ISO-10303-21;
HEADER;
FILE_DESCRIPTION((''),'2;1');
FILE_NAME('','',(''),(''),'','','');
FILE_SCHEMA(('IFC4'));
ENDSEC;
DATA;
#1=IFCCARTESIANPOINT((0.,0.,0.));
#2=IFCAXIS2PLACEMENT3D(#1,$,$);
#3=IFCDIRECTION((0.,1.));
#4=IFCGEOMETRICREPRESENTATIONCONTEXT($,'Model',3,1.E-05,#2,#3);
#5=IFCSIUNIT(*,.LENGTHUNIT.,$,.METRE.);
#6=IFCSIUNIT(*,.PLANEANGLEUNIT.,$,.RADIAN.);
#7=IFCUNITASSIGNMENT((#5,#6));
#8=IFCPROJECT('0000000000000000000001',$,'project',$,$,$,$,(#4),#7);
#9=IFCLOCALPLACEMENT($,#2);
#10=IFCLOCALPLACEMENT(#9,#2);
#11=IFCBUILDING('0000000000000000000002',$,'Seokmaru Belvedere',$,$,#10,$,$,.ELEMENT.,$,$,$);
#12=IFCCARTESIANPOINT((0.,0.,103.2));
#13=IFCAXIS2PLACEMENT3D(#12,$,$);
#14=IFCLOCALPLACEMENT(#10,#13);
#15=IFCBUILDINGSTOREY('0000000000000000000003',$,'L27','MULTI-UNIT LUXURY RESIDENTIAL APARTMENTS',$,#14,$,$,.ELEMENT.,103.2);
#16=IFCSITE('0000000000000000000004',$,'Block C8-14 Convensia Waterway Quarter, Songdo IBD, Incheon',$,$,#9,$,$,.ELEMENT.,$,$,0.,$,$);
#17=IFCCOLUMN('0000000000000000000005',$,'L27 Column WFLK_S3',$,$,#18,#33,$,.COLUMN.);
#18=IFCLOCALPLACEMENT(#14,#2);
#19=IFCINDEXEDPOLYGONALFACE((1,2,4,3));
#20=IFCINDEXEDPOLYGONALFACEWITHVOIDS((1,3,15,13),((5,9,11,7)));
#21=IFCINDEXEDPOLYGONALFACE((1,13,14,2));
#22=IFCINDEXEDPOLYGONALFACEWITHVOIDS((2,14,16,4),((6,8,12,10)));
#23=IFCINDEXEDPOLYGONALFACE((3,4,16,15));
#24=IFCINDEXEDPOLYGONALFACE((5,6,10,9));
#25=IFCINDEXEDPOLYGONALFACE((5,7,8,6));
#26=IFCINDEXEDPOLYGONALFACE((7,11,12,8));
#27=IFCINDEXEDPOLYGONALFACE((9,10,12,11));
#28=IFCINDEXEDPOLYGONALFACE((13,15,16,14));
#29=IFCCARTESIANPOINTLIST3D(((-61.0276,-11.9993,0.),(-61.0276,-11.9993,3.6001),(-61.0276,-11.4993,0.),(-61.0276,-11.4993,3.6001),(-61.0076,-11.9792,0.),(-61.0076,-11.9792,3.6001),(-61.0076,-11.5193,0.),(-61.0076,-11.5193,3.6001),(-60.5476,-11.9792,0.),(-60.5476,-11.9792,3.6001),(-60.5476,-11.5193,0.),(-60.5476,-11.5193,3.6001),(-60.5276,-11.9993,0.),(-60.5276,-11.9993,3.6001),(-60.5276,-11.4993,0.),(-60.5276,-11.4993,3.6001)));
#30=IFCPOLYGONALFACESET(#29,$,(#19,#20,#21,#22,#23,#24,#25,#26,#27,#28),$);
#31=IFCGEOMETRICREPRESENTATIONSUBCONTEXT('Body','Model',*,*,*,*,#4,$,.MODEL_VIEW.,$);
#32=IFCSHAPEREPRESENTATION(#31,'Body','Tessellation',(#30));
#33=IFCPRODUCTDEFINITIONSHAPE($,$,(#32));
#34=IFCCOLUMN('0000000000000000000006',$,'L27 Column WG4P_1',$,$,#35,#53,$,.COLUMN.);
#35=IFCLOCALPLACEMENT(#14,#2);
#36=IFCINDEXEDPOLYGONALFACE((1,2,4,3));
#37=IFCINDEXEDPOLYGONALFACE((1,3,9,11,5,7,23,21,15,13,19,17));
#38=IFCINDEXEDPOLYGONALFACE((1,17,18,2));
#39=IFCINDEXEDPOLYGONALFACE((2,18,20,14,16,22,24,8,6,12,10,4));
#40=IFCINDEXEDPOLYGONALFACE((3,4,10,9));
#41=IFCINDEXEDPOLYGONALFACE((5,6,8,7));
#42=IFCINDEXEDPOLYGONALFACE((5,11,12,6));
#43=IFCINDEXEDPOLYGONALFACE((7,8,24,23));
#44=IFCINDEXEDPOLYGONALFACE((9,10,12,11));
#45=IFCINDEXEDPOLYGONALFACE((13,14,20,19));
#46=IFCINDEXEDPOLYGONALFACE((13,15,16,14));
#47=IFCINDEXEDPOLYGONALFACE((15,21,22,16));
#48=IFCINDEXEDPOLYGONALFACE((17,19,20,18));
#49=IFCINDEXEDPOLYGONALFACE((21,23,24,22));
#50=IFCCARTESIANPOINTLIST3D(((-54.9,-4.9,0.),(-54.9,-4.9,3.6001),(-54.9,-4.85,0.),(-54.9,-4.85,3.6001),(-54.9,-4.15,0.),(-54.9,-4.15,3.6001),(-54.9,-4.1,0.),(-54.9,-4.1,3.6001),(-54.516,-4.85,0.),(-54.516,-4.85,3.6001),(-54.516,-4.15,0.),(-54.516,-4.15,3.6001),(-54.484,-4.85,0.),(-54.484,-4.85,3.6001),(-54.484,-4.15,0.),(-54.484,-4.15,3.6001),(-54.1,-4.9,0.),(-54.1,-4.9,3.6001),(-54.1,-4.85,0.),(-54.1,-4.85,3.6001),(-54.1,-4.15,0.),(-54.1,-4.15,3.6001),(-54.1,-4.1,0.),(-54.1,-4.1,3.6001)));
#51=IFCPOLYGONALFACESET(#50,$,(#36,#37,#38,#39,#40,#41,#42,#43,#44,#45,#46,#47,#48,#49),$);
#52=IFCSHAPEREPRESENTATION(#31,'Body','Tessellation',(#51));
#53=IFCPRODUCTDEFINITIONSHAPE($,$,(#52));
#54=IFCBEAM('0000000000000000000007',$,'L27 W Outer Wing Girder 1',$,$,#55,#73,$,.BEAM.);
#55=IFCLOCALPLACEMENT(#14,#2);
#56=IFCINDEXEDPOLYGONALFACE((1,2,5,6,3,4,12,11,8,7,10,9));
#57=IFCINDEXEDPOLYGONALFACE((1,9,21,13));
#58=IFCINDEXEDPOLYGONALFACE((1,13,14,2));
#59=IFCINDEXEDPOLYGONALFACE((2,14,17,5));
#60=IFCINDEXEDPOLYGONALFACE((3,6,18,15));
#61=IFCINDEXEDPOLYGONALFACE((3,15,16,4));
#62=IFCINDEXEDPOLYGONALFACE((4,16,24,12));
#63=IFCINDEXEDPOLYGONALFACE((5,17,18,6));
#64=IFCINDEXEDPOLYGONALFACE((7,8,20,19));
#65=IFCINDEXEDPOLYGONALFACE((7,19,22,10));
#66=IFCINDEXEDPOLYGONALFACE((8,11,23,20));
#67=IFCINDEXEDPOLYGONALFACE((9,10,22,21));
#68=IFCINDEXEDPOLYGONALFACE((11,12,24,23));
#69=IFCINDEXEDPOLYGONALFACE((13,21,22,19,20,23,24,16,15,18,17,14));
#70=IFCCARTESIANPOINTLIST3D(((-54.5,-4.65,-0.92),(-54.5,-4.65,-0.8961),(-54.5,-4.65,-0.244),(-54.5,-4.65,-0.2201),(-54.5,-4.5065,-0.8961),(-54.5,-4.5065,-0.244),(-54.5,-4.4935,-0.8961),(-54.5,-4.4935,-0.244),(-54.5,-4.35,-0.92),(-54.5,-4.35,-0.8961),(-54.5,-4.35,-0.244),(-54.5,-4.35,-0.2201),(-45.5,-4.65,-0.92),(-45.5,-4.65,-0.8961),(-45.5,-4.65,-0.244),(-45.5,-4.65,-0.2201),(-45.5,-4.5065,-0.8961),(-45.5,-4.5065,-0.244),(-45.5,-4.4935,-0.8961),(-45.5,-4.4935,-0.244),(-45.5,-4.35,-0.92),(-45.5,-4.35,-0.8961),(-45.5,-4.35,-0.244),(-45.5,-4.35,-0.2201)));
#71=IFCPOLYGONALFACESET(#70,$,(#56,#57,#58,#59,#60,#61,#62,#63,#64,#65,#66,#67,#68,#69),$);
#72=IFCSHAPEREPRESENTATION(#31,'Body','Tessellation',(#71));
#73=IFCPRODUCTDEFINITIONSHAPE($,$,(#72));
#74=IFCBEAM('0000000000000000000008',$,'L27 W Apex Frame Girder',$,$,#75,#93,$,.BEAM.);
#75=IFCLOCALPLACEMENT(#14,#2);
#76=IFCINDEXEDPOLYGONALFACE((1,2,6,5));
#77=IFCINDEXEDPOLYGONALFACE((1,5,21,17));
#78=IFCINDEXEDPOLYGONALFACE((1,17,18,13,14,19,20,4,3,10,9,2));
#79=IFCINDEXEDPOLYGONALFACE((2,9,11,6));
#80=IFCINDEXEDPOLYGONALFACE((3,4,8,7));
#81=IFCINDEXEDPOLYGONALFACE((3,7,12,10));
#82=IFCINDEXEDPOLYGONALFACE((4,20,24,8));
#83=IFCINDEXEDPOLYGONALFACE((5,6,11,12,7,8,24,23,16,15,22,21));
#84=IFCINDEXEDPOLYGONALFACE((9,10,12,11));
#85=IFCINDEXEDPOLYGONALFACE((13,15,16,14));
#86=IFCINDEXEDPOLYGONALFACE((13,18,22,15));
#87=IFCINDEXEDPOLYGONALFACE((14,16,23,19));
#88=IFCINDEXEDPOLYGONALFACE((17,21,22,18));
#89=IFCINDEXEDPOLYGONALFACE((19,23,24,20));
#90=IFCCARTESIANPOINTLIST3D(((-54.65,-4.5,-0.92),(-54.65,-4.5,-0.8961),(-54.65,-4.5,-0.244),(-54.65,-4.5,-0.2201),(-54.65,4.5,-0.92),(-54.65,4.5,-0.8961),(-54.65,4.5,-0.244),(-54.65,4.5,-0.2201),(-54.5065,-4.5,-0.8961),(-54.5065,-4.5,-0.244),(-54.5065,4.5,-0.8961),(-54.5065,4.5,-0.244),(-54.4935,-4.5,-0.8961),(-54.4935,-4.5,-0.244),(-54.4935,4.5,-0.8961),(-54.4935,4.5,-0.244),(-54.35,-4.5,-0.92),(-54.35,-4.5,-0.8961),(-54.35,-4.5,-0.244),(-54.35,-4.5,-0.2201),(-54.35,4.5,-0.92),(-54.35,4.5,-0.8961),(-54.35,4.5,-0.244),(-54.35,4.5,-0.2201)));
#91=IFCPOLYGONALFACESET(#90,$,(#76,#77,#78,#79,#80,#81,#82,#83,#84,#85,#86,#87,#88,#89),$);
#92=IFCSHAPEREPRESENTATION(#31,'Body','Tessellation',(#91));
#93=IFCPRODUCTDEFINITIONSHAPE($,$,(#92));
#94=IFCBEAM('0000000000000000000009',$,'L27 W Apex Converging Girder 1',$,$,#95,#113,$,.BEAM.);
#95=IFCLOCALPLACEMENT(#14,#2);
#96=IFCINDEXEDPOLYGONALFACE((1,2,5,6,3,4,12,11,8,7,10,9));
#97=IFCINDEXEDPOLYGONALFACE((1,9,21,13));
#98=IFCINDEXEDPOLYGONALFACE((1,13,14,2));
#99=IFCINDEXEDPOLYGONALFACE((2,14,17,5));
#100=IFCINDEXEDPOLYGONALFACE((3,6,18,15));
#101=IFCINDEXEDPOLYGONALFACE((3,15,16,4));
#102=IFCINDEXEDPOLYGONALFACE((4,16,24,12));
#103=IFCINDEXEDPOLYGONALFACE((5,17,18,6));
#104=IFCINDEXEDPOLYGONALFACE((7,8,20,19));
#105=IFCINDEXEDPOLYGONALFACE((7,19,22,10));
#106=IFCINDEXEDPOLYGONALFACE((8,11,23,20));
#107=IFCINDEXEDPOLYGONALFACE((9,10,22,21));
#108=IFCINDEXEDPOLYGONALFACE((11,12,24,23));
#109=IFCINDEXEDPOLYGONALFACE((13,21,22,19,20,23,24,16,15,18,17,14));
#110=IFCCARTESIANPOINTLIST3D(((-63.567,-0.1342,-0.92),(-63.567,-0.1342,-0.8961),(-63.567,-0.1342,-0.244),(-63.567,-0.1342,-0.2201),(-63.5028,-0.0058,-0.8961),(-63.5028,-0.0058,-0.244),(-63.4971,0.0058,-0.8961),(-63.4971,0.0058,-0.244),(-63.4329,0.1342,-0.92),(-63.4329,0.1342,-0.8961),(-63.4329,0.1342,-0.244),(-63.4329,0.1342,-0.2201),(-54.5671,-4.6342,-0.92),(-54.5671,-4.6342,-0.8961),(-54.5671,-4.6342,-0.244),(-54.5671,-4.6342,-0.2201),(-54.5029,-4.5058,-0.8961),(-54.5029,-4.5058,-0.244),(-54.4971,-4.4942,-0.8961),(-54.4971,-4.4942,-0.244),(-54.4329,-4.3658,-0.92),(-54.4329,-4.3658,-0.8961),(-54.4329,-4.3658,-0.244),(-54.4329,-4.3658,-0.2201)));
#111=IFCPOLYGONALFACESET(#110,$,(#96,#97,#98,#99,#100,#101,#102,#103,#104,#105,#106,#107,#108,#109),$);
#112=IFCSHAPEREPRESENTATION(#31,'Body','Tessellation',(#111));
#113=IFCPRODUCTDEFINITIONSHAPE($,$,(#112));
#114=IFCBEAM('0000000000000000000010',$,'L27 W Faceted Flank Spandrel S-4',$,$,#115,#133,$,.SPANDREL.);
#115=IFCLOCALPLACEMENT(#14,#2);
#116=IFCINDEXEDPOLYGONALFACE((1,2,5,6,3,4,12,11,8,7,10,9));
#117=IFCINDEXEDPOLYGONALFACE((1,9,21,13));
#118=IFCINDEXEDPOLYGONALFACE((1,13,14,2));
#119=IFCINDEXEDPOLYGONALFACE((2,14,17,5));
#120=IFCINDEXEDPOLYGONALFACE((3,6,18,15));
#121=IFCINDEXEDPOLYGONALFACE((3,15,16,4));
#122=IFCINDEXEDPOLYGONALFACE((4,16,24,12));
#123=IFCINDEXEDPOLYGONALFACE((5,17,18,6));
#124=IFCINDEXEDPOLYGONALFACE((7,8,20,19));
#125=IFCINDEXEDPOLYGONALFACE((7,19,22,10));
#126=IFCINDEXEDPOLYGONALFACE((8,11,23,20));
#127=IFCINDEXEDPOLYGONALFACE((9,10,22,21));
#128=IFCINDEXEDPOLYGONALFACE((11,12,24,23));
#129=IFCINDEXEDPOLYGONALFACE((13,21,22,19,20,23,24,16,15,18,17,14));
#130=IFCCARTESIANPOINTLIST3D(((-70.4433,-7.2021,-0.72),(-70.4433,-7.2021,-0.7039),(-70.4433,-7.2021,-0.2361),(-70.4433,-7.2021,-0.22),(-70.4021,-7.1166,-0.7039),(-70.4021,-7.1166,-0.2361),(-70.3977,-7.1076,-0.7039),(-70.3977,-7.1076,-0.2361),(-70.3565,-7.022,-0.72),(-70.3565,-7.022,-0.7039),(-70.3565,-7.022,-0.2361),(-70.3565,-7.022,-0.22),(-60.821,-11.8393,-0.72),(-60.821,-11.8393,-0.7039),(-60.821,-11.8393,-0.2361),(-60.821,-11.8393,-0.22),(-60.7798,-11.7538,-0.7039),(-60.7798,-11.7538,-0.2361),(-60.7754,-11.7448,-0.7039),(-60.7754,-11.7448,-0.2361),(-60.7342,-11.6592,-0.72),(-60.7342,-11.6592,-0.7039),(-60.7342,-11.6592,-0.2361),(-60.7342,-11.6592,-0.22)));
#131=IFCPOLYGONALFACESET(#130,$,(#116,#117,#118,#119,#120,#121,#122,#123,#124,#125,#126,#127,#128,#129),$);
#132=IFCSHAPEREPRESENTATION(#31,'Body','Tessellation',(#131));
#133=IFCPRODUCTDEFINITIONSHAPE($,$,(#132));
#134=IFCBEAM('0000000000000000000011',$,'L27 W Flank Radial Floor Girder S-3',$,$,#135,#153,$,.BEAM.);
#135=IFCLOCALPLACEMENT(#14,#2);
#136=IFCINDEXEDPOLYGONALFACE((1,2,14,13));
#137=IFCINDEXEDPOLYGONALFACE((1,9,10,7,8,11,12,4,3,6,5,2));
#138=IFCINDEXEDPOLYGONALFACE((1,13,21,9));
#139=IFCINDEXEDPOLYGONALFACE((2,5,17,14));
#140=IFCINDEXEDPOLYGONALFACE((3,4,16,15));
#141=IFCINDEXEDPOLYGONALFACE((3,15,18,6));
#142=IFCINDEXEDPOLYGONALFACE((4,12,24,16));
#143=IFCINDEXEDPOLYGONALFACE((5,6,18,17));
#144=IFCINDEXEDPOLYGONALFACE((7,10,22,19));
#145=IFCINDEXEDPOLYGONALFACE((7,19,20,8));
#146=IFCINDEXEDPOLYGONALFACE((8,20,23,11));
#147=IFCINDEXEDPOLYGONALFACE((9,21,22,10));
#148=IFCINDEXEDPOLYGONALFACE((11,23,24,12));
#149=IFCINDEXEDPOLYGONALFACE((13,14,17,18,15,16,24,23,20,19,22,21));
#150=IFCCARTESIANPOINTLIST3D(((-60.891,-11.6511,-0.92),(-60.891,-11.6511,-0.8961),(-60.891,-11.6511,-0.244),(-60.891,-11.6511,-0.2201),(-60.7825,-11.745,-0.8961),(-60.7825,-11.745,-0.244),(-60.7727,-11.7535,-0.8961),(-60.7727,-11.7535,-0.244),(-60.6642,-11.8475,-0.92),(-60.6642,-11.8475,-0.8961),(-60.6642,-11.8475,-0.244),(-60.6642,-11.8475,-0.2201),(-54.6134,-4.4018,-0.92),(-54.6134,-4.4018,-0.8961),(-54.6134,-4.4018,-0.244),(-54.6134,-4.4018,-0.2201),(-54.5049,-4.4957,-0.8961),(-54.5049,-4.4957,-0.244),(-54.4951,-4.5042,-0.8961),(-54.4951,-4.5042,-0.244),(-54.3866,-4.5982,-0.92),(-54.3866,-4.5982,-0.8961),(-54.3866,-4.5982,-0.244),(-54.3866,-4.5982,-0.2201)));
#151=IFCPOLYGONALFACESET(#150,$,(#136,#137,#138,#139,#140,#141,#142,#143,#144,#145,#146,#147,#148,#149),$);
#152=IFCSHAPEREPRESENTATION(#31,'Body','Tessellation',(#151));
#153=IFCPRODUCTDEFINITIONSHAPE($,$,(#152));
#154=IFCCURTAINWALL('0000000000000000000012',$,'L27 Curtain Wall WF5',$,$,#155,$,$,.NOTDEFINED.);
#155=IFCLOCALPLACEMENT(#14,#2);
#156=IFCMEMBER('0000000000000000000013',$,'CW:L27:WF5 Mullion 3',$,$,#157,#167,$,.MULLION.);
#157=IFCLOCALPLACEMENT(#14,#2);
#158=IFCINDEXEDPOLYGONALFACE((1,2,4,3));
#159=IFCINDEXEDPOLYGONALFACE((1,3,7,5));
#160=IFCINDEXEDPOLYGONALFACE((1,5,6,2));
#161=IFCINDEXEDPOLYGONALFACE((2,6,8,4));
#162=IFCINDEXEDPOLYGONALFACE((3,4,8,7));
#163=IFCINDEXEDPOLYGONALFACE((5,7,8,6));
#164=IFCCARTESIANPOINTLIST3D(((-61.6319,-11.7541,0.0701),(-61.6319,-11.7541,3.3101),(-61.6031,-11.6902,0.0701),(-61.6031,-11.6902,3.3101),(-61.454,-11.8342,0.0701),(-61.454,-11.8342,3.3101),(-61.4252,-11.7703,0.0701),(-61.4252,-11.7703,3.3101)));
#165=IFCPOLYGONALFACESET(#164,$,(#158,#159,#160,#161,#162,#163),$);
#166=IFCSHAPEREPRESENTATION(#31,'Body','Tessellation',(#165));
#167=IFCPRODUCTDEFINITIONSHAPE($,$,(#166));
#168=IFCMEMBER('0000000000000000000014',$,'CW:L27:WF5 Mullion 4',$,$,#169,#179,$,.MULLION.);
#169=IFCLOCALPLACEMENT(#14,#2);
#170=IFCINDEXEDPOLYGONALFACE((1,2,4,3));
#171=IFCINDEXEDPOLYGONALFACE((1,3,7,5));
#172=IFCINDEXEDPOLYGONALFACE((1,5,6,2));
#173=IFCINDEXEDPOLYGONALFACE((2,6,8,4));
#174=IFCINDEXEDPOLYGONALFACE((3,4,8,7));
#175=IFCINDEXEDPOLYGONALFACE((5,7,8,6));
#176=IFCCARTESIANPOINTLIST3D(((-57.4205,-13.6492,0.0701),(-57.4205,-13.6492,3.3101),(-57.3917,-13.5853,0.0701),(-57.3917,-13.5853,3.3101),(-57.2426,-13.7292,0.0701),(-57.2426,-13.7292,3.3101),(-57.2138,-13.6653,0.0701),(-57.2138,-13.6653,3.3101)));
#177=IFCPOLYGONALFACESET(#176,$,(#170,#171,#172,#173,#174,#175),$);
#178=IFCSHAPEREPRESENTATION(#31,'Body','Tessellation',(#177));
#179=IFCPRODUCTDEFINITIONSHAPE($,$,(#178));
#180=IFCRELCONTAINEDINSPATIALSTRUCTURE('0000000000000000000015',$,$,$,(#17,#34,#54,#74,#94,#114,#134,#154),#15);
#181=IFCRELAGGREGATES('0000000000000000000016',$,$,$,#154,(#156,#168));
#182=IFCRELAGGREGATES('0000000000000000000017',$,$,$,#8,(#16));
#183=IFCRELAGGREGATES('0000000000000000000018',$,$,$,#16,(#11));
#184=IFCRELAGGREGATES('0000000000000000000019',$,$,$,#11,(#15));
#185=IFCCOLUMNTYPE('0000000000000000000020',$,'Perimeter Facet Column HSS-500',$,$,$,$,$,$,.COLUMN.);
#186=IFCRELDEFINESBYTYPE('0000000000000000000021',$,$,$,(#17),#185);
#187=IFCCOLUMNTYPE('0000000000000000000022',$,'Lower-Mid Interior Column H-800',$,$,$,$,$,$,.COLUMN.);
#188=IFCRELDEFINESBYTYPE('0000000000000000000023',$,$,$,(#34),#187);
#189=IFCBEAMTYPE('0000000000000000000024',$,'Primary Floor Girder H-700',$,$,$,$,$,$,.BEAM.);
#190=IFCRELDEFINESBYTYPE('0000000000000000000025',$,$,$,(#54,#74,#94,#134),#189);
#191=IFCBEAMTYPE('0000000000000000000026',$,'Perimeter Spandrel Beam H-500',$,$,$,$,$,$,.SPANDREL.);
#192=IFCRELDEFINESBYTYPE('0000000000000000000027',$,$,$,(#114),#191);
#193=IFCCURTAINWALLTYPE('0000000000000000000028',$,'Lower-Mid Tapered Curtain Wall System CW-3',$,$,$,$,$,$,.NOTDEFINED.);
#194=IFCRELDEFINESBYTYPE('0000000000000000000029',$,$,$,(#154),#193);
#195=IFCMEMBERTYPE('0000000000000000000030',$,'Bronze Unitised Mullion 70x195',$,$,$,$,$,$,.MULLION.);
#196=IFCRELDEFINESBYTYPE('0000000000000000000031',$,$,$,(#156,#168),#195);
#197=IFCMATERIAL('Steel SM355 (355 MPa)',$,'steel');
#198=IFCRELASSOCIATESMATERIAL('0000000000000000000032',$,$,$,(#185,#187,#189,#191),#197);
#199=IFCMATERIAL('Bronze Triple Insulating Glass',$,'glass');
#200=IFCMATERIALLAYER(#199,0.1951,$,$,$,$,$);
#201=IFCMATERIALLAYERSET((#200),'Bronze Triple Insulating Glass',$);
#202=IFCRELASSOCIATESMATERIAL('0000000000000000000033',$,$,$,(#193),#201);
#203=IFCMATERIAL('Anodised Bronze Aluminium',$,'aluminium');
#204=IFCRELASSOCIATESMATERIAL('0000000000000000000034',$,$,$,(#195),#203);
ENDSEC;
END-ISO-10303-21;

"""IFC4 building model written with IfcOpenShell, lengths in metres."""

from ifc_helpers import new_model, si_unit, direction, frame, origin, origin_2d, place, context, subcontext, project, spatial, rectangle, hollow_rectangle, i_section, extrude, source, transform, mapped, material, layer, layer_set, material_profile, profile_set, type_object, type_shapes, element, aggregate, save


model = new_model("IFC4")

# Units and contexts
model_context = context("Model", 3, precision=1e-05, world=origin(), true_north=direction((0.0, 1.0)))
body_context = subcontext(model_context, "Body", "Model", "MODEL_VIEW")
ifc_project = project(units=[si_unit("LENGTHUNIT", "METRE"), si_unit("PLANEANGLEUNIT", "RADIAN")], contexts=[model_context])

# Site, building, storey
site_placement = place(None, origin())
site = spatial("IfcSite", under=ifc_project, at=site_placement, Name="Block C8-14 Convensia Waterway Quarter, Songdo IBD, Incheon", CompositionType="ELEMENT", RefElevation=0.0)
building_placement = place(site_placement, origin())
building = spatial("IfcBuilding", under=site, at=building_placement, Name="Seokmaru Belvedere", CompositionType="ELEMENT")
storey_placement = place(building_placement, frame((0.0, 0.0, 103.2)))
storey = spatial("IfcBuildingStorey", under=building, at=storey_placement, Name="L27", Description="MULTI-UNIT LUXURY RESIDENTIAL APARTMENTS", CompositionType="ELEMENT", Elevation=103.2)

# Columns
ifc_material_1 = material(Name="Steel SM355 (355 MPa)", Category="steel")
ifc_material_profile_1 = material_profile(ifc_material_1, hollow_rectangle(XDim=0.5, YDim=0.5, WallThickness=0.02, at=origin_2d()), Name="HSS-500x500x20")
ifc_profile_set_1 = profile_set([ifc_material_profile_1], Name="Steel SM355 (355 MPa)")
column_type_1 = type_object("IfcColumnType", Name="Perimeter Facet Column HSS-500", PredefinedType="COLUMN", material=ifc_profile_set_1)
shared_shape_1 = source(origin(), body_context, "Body", "SweptSolid", [
    extrude(hollow_rectangle(XDim=0.5, YDim=0.5, WallThickness=0.02, at=origin_2d()), origin(), (0.0, 0.0, 1.0), 3.6001),
])
type_shapes(column_type_1, [shared_shape_1])
column_1_placement = place(storey_placement, frame((-60.7776, -11.7493, 0.0), z_axis=(0.0, 0.0, 1.0), x_axis=(1.0, 0.0, 0.0)))
element("IfcColumn", 1, at=column_1_placement, inside=storey, type_object=column_type_1, Name="L27 Column WFLK_S3", PredefinedType="COLUMN", context=body_context, shape_type="MappedRepresentation", body=[
    mapped(shared_shape_1, transform((0.0, 0.0, 0.0), scale=1.0)),
])
ifc_material_profile_2 = material_profile(ifc_material_1, i_section(OverallWidth=0.8, OverallDepth=0.8, WebThickness=0.032, FlangeThickness=0.05, at=origin_2d()), Name="H-800x800x32x50")
ifc_profile_set_2 = profile_set([ifc_material_profile_2], Name="Steel SM355 (355 MPa)")
column_type_2 = type_object("IfcColumnType", Name="Lower-Mid Interior Column H-800", PredefinedType="COLUMN", material=ifc_profile_set_2)
shared_shape_2 = source(origin(), body_context, "Body", "SweptSolid", [
    extrude(i_section(OverallWidth=0.8, OverallDepth=0.8, WebThickness=0.032, FlangeThickness=0.05, at=origin_2d()), origin(), (0.0, 0.0, 1.0), 3.6001),
])
type_shapes(column_type_2, [shared_shape_2])
column_2_placement = place(storey_placement, frame((-54.5, -4.5, 0.0), z_axis=(0.0, 0.0, 1.0), x_axis=(1.0, 0.0, 0.0)))
element("IfcColumn", 2, at=column_2_placement, inside=storey, type_object=column_type_2, Name="L27 Column WG4P_1", PredefinedType="COLUMN", context=body_context, shape_type="MappedRepresentation", body=[
    mapped(shared_shape_2, transform((0.0, 0.0, 0.0), scale=1.0)),
])

# Beams
ifc_material_profile_3 = material_profile(ifc_material_1, i_section(OverallWidth=0.3, OverallDepth=0.7, WebThickness=0.0129, FlangeThickness=0.0239, at=origin_2d()), Name="H-700x300x13x24")
ifc_profile_set_3 = profile_set([ifc_material_profile_3], Name="Steel SM355 (355 MPa)")
beam_type_1 = type_object("IfcBeamType", Name="Primary Floor Girder H-700", PredefinedType="BEAM", material=ifc_profile_set_3)
shared_shape_3 = source(origin(), body_context, "Body", "SweptSolid", [
    extrude(i_section(OverallWidth=0.3, OverallDepth=0.7, WebThickness=0.0129, FlangeThickness=0.0239, at=origin_2d()), origin(), (0.0, 0.0, 1.0), 9.0),
])
for number, where, z_axis, x_axis, name in (
    (3, (-54.5, -4.5, -0.5701), (1.0, 0.0, 0.0), (0.0, 1.0, 0.0), "L27 W Outer Wing Girder 1"),
    (4, (-54.5, -4.5, -0.5701), (0.0, 1.0, 0.0), (-1.0, 0.0, 0.0), "L27 W Apex Frame Girder"),
):
    element("IfcBeam", number, at=place(storey_placement, frame(where, z_axis=z_axis, x_axis=x_axis)), inside=storey, type_object=beam_type_1, Name=name, PredefinedType="BEAM", context=body_context, shape_type="MappedRepresentation", body=[
        mapped(shared_shape_3, transform((0.0, 0.0, 0.0), scale=1.0)),
    ])
shared_shape_4 = source(origin(), body_context, "Body", "SweptSolid", [
    extrude(i_section(OverallWidth=0.3, OverallDepth=0.7, WebThickness=0.0129, FlangeThickness=0.0239, at=origin_2d()), origin(), (0.0, 0.0, 1.0), 10.0623),
])
beam_1_placement = place(storey_placement, frame((-54.5, -4.5, -0.5701), z_axis=(-0.894427, 0.447214, 0.0), x_axis=(-0.447214, -0.894427, 0.0)))
element("IfcBeam", 5, at=beam_1_placement, inside=storey, type_object=beam_type_1, Name="L27 W Apex Converging Girder 1", PredefinedType="BEAM", context=body_context, shape_type="MappedRepresentation", body=[
    mapped(shared_shape_4, transform((0.0, 0.0, 0.0), scale=1.0)),
])
ifc_material_profile_4 = material_profile(ifc_material_1, i_section(OverallWidth=0.2, OverallDepth=0.5, WebThickness=0.01, FlangeThickness=0.0161, at=origin_2d()), Name="H-500x200x10x16")
ifc_profile_set_4 = profile_set([ifc_material_profile_4], Name="Steel SM355 (355 MPa)")
beam_type_2 = type_object("IfcBeamType", Name="Perimeter Spandrel Beam H-500", PredefinedType="SPANDREL", material=ifc_profile_set_4)
shared_shape_5 = source(origin(), body_context, "Body", "SweptSolid", [
    extrude(i_section(OverallWidth=0.2, OverallDepth=0.5, WebThickness=0.01, FlangeThickness=0.0161, at=origin_2d()), origin(), (0.0, 0.0, 1.0), 10.6814),
])
type_shapes(beam_type_2, [shared_shape_5])
beam_2_placement = place(storey_placement, frame((-60.7776, -11.7493, -0.47), z_axis=(-0.900846, 0.434138, 0.0), x_axis=(-0.434138, -0.900846, 0.0)))
element("IfcBeam", 6, at=beam_2_placement, inside=storey, type_object=beam_type_2, Name="L27 W Faceted Flank Spandrel S-4", PredefinedType="SPANDREL", context=body_context, shape_type="MappedRepresentation", body=[
    mapped(shared_shape_5, transform((0.0, 0.0, 0.0), scale=1.0)),
])
shared_shape_6 = source(origin(), body_context, "Body", "SweptSolid", [
    extrude(i_section(OverallWidth=0.3, OverallDepth=0.7, WebThickness=0.0129, FlangeThickness=0.0239, at=origin_2d()), origin(), (0.0, 0.0, 1.0), 9.5896),
])
type_shapes(beam_type_1, [shared_shape_3, shared_shape_4, shared_shape_6])
beam_3_placement = place(storey_placement, frame((-60.7776, -11.7493, -0.5701), z_axis=(0.654626, 0.755953, 0.0), x_axis=(-0.755953, 0.654626, 0.0)))
element("IfcBeam", 7, at=beam_3_placement, inside=storey, type_object=beam_type_1, Name="L27 W Flank Radial Floor Girder S-3", PredefinedType="BEAM", context=body_context, shape_type="MappedRepresentation", body=[
    mapped(shared_shape_6, transform((0.0, 0.0, 0.0), scale=1.0)),
])

# Curtain wall, members
ifc_material_2 = material(Name="Bronze Triple Insulating Glass", Category="glass")
ifc_layer_1 = layer(ifc_material_2, 0.1951)
ifc_layer_set_1 = layer_set([ifc_layer_1], Name="Bronze Triple Insulating Glass")
curtain_wall_type = type_object("IfcCurtainWallType", Name="Lower-Mid Tapered Curtain Wall System CW-3", PredefinedType="NOTDEFINED", material=ifc_layer_set_1)
curtain_wall_placement = place(storey_placement, origin())
curtain_wall = element("IfcCurtainWall", 8, at=curtain_wall_placement, inside=storey, type_object=curtain_wall_type, Name="L27 Curtain Wall WF5", PredefinedType="NOTDEFINED")
ifc_material_3 = material(Name="Anodised Bronze Aluminium", Category="aluminium")
ifc_material_profile_5 = material_profile(ifc_material_3, rectangle(XDim=0.0701, YDim=0.1951, at=origin_2d()), Name="CW-M-70x195")
ifc_profile_set_5 = profile_set([ifc_material_profile_5], Name="Anodised Bronze Aluminium")
member_type = type_object("IfcMemberType", Name="Bronze Unitised Mullion 70x195", PredefinedType="MULLION", material=ifc_profile_set_5)
shared_shape_7 = source(origin(), body_context, "Body", "SweptSolid", [
    extrude(rectangle(XDim=0.0701, YDim=0.1951, at=origin_2d()), origin(), (0.0, 0.0, 1.0), 3.24),
])
type_shapes(member_type, [shared_shape_7])
member_1_placement = place(storey_placement, frame((-61.5286, -11.7622, 0.0701), z_axis=(0.0, 0.0, 1.0), x_axis=(0.410366, 0.911921, 0.0)))
member_1 = element("IfcMember", 9, at=member_1_placement, type_object=member_type, Name="CW:L27:WF5 Mullion 3", PredefinedType="MULLION", context=body_context, shape_type="MappedRepresentation", body=[
    mapped(shared_shape_7, transform((0.0, 0.0, 0.0), scale=1.0)),
])
member_2_placement = place(storey_placement, frame((-57.3171, -13.6572, 0.0701), z_axis=(0.0, 0.0, 1.0), x_axis=(0.410366, 0.911921, 0.0)))
member_2 = element("IfcMember", 10, at=member_2_placement, type_object=member_type, Name="CW:L27:WF5 Mullion 4", PredefinedType="MULLION", context=body_context, shape_type="MappedRepresentation", body=[
    mapped(shared_shape_7, transform((0.0, 0.0, 0.0), scale=1.0)),
])
aggregate(curtain_wall, [member_1, member_2])

save(model, "model.ifc")
